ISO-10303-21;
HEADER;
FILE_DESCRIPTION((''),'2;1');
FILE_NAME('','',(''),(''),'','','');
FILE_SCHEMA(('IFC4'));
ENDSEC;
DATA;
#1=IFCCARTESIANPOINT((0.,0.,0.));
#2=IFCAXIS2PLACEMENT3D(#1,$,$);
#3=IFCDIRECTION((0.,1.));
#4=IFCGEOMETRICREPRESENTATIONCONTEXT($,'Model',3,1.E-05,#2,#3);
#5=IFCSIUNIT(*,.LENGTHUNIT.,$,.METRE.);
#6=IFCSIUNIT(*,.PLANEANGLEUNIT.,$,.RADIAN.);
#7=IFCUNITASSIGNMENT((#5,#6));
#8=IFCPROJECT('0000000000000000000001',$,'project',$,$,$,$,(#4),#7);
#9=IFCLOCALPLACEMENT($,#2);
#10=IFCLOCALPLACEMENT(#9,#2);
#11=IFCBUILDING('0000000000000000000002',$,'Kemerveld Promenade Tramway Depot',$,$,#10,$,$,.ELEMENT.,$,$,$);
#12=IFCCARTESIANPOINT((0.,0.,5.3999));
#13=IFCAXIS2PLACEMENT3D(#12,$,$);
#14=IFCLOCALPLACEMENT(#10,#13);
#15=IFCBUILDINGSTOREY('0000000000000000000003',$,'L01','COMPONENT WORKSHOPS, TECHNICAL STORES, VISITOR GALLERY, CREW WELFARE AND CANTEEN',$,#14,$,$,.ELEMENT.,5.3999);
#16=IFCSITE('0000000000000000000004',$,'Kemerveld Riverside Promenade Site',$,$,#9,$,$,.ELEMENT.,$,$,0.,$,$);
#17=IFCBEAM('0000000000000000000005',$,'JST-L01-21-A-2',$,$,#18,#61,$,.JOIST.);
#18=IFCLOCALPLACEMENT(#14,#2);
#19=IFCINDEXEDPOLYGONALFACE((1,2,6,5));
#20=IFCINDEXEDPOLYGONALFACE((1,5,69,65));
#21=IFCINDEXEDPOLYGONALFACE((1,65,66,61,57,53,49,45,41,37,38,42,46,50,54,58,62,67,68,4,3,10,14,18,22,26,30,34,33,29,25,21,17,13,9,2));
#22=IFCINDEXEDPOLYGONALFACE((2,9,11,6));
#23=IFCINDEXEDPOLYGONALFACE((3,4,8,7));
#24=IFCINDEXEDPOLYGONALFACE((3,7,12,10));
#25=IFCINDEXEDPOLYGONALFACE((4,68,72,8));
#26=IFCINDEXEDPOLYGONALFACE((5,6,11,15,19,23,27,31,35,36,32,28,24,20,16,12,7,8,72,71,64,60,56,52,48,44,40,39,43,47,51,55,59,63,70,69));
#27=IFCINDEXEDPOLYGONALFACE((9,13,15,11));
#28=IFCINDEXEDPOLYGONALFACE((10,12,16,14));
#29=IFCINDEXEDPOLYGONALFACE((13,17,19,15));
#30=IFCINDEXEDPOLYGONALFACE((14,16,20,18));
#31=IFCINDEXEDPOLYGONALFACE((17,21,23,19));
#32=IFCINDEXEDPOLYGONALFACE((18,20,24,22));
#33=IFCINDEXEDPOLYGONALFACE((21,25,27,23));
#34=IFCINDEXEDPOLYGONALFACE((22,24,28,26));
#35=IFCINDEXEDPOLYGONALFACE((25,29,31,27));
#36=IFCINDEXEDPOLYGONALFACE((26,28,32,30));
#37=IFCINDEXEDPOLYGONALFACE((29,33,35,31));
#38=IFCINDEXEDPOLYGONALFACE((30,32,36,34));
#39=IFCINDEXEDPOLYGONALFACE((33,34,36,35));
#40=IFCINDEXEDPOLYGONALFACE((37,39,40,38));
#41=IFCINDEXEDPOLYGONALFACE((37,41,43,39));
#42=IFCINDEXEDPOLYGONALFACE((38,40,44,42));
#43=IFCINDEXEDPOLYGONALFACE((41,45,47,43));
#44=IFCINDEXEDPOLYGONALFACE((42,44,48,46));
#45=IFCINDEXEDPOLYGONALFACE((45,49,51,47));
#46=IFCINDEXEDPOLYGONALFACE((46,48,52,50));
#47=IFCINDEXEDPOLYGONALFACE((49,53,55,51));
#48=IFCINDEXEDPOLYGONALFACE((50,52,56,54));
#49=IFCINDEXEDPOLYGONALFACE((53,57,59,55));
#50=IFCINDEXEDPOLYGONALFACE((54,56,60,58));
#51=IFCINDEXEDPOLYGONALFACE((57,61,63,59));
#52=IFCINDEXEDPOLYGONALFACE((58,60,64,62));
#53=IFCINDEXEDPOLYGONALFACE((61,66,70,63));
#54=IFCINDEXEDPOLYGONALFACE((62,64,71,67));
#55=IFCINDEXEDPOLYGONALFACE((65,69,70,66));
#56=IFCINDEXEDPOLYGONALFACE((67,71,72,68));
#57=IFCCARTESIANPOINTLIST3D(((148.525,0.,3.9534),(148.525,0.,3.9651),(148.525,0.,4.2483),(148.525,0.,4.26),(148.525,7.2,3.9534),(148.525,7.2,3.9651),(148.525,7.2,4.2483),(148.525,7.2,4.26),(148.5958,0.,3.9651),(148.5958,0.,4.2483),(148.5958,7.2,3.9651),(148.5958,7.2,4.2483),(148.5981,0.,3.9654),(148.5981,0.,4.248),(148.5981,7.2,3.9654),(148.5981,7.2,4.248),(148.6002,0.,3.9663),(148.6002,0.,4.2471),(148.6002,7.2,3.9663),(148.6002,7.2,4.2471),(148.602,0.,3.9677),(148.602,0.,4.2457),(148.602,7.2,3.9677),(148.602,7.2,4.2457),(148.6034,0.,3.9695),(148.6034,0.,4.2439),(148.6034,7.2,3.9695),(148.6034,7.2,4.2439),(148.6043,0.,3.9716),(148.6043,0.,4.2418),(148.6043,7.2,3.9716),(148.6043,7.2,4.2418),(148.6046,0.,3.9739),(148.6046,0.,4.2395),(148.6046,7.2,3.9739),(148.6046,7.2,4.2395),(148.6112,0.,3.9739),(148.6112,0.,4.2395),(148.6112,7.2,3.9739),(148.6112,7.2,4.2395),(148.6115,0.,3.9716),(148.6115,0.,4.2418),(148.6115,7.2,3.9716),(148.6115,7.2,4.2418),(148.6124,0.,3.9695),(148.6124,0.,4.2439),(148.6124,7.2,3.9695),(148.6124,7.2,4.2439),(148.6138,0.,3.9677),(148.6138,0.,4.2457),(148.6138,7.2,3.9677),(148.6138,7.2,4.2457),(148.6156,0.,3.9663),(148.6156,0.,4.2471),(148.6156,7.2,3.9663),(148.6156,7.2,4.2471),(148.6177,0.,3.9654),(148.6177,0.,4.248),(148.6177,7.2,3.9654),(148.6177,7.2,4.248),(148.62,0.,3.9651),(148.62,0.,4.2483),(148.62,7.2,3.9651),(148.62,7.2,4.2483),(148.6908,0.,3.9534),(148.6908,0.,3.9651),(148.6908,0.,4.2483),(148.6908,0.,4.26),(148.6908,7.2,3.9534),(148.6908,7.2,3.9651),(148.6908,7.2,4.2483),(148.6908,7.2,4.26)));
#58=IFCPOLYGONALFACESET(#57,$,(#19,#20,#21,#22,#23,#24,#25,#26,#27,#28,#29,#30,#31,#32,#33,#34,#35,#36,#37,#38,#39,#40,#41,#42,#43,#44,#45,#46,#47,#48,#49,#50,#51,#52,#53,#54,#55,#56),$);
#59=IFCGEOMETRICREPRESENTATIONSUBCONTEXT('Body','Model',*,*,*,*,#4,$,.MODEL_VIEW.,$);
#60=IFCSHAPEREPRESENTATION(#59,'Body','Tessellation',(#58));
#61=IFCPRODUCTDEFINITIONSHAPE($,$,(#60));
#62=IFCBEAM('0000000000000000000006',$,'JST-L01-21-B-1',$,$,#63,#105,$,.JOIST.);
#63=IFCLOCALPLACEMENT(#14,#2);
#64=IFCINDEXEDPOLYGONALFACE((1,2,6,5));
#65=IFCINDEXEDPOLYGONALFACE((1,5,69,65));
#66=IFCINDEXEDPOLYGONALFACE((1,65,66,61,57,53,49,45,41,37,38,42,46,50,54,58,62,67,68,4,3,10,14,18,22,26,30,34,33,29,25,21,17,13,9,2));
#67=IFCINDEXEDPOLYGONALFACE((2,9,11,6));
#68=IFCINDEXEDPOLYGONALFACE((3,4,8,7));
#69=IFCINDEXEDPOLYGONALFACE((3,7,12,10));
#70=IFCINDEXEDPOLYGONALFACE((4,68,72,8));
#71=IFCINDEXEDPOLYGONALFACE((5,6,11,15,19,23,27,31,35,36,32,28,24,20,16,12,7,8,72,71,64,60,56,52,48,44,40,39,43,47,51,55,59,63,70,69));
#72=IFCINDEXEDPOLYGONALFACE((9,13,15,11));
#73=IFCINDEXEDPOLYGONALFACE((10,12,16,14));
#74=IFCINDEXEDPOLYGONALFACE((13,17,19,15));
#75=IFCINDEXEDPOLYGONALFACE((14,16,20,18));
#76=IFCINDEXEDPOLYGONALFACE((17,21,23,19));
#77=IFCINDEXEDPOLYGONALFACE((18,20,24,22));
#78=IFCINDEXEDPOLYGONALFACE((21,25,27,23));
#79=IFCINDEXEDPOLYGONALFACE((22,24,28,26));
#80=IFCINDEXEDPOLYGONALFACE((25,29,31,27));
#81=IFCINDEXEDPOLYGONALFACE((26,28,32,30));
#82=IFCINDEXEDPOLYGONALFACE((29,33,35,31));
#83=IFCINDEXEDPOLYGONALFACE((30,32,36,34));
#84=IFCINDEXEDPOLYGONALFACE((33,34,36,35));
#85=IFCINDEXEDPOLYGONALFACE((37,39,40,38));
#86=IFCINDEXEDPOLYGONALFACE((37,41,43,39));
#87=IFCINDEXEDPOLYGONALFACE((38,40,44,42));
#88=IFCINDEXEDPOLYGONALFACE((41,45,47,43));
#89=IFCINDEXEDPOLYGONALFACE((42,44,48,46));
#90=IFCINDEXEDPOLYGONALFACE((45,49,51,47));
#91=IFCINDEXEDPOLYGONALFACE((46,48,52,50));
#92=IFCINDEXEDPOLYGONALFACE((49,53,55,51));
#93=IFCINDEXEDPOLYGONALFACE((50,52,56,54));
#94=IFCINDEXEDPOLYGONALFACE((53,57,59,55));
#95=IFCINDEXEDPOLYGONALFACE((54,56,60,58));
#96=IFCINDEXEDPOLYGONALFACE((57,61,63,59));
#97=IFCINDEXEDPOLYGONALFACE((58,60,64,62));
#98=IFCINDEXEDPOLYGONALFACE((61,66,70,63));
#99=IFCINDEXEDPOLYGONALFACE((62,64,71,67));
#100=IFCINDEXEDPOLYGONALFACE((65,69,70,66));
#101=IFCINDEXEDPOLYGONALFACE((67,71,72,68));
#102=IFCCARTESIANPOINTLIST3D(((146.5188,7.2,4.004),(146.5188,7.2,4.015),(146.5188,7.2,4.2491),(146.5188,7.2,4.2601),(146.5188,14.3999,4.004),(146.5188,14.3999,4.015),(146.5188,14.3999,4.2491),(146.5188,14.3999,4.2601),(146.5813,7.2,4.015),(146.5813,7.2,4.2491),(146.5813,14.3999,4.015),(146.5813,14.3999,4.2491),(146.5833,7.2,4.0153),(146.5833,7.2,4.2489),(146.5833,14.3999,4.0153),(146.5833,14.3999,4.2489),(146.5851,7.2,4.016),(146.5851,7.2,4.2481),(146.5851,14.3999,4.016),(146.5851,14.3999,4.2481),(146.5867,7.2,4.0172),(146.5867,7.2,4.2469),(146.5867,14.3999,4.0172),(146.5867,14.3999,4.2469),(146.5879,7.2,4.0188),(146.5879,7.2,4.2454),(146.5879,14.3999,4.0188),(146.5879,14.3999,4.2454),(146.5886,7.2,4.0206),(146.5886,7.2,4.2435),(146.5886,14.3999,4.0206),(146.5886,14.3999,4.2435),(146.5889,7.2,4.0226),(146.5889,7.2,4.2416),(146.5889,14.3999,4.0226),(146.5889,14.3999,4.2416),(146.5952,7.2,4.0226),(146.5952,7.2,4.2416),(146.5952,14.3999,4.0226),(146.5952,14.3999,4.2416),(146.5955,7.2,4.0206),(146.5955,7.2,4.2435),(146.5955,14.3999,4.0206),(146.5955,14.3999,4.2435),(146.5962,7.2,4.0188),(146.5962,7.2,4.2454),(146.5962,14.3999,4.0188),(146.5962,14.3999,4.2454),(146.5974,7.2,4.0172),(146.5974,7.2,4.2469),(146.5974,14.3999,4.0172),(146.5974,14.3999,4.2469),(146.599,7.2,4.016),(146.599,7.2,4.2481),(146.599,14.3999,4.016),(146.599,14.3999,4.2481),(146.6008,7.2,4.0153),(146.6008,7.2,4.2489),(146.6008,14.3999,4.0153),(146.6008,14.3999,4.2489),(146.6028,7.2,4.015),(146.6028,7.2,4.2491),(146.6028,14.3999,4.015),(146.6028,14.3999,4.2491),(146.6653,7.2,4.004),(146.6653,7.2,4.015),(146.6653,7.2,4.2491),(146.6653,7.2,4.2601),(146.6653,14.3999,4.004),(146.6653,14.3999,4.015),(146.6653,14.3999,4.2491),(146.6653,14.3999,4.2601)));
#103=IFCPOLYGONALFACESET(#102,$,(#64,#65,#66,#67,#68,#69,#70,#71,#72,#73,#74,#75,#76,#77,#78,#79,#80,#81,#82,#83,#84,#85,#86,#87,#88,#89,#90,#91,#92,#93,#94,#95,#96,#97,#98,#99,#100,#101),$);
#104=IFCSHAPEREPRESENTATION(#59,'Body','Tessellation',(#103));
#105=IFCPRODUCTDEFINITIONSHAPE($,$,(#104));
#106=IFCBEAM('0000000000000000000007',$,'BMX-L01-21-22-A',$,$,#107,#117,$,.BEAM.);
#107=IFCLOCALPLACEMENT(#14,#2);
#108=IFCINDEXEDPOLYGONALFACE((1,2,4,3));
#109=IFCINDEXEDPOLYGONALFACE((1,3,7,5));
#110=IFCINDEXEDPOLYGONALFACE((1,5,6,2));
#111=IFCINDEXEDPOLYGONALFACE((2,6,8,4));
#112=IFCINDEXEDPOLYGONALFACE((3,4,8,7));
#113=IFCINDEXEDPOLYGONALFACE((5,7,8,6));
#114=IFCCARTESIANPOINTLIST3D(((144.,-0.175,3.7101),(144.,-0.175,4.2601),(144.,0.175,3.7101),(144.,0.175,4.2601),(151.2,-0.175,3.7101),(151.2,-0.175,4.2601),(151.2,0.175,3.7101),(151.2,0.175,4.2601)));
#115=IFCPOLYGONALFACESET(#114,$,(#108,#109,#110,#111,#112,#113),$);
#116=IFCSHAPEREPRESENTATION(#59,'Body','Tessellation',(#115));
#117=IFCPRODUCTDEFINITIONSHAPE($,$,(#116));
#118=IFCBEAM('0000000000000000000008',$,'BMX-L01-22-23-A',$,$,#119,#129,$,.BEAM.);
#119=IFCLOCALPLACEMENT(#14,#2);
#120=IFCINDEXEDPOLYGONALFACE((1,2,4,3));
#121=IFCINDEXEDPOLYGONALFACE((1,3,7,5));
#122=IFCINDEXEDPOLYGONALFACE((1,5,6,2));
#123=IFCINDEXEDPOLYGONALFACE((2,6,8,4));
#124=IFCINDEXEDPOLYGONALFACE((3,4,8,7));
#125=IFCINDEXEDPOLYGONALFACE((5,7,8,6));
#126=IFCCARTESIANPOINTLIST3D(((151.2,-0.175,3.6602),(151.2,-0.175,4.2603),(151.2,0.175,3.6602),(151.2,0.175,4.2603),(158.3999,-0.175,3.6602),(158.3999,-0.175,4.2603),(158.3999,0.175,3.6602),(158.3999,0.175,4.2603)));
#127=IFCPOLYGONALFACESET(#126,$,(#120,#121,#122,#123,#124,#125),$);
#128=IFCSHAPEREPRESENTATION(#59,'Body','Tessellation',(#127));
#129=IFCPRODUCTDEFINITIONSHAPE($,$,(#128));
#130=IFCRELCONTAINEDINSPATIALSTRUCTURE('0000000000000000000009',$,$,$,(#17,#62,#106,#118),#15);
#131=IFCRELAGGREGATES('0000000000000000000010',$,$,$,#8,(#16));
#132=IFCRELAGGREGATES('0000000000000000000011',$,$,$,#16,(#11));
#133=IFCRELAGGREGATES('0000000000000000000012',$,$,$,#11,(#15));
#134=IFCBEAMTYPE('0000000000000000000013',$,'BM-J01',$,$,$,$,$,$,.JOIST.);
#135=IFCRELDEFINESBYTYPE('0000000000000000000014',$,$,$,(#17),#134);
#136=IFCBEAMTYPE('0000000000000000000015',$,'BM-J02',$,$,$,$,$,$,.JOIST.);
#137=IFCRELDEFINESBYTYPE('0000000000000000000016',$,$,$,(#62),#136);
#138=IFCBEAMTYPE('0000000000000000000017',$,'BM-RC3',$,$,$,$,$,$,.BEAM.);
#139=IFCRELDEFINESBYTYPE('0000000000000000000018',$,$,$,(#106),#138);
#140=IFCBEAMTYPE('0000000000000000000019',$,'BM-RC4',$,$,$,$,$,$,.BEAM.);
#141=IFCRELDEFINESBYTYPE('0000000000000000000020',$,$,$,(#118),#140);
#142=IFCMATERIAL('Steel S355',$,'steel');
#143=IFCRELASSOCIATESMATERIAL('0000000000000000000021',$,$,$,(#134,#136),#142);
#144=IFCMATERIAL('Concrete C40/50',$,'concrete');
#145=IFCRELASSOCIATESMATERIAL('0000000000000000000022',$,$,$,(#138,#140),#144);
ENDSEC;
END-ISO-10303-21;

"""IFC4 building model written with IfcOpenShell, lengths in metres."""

from ifc_helpers import new_model, si_unit, direction, frame, origin, origin_2d, place, context, subcontext, project, spatial, rectangle, i_section, extrude, material, material_profile, profile_set, type_object, element, save


model = new_model("IFC4")

# Units and contexts
model_context = context("Model", 3, precision=1e-05, world=origin(), true_north=direction((0.0, 1.0)))
body_context = subcontext(model_context, "Body", "Model", "MODEL_VIEW")
ifc_project = project(units=[si_unit("LENGTHUNIT", "METRE"), si_unit("PLANEANGLEUNIT", "RADIAN")], contexts=[model_context])

# Site, building, storey
site_placement = place(None, origin())
site = spatial("IfcSite", under=ifc_project, at=site_placement, Name="Kemerveld Riverside Promenade Site", CompositionType="ELEMENT", RefElevation=0.0)
building_placement = place(site_placement, origin())
building = spatial("IfcBuilding", under=site, at=building_placement, Name="Kemerveld Promenade Tramway Depot", CompositionType="ELEMENT")
storey_placement = place(building_placement, frame((0.0, 0.0, 5.3999)))
storey = spatial("IfcBuildingStorey", under=building, at=storey_placement, Name="L01", Description="COMPONENT WORKSHOPS, TECHNICAL STORES, VISITOR GALLERY, CREW WELFARE AND CANTEEN", CompositionType="ELEMENT", Elevation=5.3999)

# Shared definitions
ifc_material_1 = material(Name="Steel S355", Category="steel")

# Beams
ifc_material_profile_1 = material_profile(ifc_material_1, i_section(OverallWidth=0.1658, OverallDepth=0.3066, WebThickness=0.0066, FlangeThickness=0.0117, FilletRadius=0.0088, at=origin_2d()), Name="305x165x46 UB")
ifc_profile_set_1 = profile_set([ifc_material_profile_1], Name="Steel S355")
beam_type_1 = type_object("IfcBeamType", Name="BM-J01", PredefinedType="JOIST", material=ifc_profile_set_1)
for number, where, z_axis, x_axis, name in (
    (1, (148.6079, 0.0, 4.1067), (0.0, 1.0, 0.0), (-1.0, 0.0, 0.0), "JST-L01-21-A-2"),
):
    element("IfcBeam", number, at=place(storey_placement, frame(where, z_axis=z_axis, x_axis=x_axis)), inside=storey, type_object=beam_type_1, Name=name, PredefinedType="JOIST", context=body_context, shape_type="SweptSolid", body=[
        extrude(i_section(OverallWidth=0.1658, OverallDepth=0.3066, WebThickness=0.0066, FlangeThickness=0.0117, FilletRadius=0.0088, at=origin_2d()), origin(), (0.0, 0.0, 1.0), 7.2),
    ])
ifc_material_profile_2 = material_profile(ifc_material_1, i_section(OverallWidth=0.1465, OverallDepth=0.2561, WebThickness=0.0063, FlangeThickness=0.011, FilletRadius=0.0076, at=origin_2d()), Name="254x146x37 UB")
ifc_profile_set_2 = profile_set([ifc_material_profile_2], Name="Steel S355")
beam_type_2 = type_object("IfcBeamType", Name="BM-J02", PredefinedType="JOIST", material=ifc_profile_set_2)
beam_1_placement = place(storey_placement, frame((146.592, 7.2, 4.1321), z_axis=(0.0, 1.0, 0.0), x_axis=(-1.0, 0.0, 0.0)))
element("IfcBeam", 2, at=beam_1_placement, inside=storey, type_object=beam_type_2, Name="JST-L01-21-B-1", PredefinedType="JOIST", context=body_context, shape_type="SweptSolid", body=[
    extrude(i_section(OverallWidth=0.1465, OverallDepth=0.2561, WebThickness=0.0063, FlangeThickness=0.011, FilletRadius=0.0076, at=origin_2d()), origin(), (0.0, 0.0, 1.0), 7.2),
])
ifc_material_2 = material(Name="Concrete C40/50", Category="concrete")
ifc_material_profile_3 = material_profile(ifc_material_2, rectangle(XDim=0.3501, YDim=0.55, at=origin_2d()), Name="RC-BM-350x550")
ifc_profile_set_3 = profile_set([ifc_material_profile_3], Name="Concrete C40/50")
beam_type_3 = type_object("IfcBeamType", Name="BM-RC3", PredefinedType="BEAM", material=ifc_profile_set_3)
beam_2_placement = place(storey_placement, frame((144.0, 0.0, 3.9851), z_axis=(1.0, 0.0, 0.0), x_axis=(0.0, 1.0, 0.0)))
element("IfcBeam", 3, at=beam_2_placement, inside=storey, type_object=beam_type_3, Name="BMX-L01-21-22-A", PredefinedType="BEAM", context=body_context, shape_type="SweptSolid", body=[
    extrude(rectangle(XDim=0.3501, YDim=0.55, at=origin_2d()), origin(), (0.0, 0.0, 1.0), 7.2),
])
ifc_material_profile_4 = material_profile(ifc_material_2, rectangle(XDim=0.3501, YDim=0.6001, at=origin_2d()), Name="RC-BM-350x600")
ifc_profile_set_4 = profile_set([ifc_material_profile_4], Name="Concrete C40/50")
beam_type_4 = type_object("IfcBeamType", Name="BM-RC4", PredefinedType="BEAM", material=ifc_profile_set_4)
beam_3_placement = place(storey_placement, frame((151.2, 0.0, 3.9602), z_axis=(1.0, 0.0, 0.0), x_axis=(0.0, 1.0, 0.0)))
element("IfcBeam", 4, at=beam_3_placement, inside=storey, type_object=beam_type_4, Name="BMX-L01-22-23-A", PredefinedType="BEAM", context=body_context, shape_type="SweptSolid", body=[
    extrude(rectangle(XDim=0.3501, YDim=0.6001, at=origin_2d()), origin(), (0.0, 0.0, 1.0), 7.2),
])

save(model, "model.ifc")
